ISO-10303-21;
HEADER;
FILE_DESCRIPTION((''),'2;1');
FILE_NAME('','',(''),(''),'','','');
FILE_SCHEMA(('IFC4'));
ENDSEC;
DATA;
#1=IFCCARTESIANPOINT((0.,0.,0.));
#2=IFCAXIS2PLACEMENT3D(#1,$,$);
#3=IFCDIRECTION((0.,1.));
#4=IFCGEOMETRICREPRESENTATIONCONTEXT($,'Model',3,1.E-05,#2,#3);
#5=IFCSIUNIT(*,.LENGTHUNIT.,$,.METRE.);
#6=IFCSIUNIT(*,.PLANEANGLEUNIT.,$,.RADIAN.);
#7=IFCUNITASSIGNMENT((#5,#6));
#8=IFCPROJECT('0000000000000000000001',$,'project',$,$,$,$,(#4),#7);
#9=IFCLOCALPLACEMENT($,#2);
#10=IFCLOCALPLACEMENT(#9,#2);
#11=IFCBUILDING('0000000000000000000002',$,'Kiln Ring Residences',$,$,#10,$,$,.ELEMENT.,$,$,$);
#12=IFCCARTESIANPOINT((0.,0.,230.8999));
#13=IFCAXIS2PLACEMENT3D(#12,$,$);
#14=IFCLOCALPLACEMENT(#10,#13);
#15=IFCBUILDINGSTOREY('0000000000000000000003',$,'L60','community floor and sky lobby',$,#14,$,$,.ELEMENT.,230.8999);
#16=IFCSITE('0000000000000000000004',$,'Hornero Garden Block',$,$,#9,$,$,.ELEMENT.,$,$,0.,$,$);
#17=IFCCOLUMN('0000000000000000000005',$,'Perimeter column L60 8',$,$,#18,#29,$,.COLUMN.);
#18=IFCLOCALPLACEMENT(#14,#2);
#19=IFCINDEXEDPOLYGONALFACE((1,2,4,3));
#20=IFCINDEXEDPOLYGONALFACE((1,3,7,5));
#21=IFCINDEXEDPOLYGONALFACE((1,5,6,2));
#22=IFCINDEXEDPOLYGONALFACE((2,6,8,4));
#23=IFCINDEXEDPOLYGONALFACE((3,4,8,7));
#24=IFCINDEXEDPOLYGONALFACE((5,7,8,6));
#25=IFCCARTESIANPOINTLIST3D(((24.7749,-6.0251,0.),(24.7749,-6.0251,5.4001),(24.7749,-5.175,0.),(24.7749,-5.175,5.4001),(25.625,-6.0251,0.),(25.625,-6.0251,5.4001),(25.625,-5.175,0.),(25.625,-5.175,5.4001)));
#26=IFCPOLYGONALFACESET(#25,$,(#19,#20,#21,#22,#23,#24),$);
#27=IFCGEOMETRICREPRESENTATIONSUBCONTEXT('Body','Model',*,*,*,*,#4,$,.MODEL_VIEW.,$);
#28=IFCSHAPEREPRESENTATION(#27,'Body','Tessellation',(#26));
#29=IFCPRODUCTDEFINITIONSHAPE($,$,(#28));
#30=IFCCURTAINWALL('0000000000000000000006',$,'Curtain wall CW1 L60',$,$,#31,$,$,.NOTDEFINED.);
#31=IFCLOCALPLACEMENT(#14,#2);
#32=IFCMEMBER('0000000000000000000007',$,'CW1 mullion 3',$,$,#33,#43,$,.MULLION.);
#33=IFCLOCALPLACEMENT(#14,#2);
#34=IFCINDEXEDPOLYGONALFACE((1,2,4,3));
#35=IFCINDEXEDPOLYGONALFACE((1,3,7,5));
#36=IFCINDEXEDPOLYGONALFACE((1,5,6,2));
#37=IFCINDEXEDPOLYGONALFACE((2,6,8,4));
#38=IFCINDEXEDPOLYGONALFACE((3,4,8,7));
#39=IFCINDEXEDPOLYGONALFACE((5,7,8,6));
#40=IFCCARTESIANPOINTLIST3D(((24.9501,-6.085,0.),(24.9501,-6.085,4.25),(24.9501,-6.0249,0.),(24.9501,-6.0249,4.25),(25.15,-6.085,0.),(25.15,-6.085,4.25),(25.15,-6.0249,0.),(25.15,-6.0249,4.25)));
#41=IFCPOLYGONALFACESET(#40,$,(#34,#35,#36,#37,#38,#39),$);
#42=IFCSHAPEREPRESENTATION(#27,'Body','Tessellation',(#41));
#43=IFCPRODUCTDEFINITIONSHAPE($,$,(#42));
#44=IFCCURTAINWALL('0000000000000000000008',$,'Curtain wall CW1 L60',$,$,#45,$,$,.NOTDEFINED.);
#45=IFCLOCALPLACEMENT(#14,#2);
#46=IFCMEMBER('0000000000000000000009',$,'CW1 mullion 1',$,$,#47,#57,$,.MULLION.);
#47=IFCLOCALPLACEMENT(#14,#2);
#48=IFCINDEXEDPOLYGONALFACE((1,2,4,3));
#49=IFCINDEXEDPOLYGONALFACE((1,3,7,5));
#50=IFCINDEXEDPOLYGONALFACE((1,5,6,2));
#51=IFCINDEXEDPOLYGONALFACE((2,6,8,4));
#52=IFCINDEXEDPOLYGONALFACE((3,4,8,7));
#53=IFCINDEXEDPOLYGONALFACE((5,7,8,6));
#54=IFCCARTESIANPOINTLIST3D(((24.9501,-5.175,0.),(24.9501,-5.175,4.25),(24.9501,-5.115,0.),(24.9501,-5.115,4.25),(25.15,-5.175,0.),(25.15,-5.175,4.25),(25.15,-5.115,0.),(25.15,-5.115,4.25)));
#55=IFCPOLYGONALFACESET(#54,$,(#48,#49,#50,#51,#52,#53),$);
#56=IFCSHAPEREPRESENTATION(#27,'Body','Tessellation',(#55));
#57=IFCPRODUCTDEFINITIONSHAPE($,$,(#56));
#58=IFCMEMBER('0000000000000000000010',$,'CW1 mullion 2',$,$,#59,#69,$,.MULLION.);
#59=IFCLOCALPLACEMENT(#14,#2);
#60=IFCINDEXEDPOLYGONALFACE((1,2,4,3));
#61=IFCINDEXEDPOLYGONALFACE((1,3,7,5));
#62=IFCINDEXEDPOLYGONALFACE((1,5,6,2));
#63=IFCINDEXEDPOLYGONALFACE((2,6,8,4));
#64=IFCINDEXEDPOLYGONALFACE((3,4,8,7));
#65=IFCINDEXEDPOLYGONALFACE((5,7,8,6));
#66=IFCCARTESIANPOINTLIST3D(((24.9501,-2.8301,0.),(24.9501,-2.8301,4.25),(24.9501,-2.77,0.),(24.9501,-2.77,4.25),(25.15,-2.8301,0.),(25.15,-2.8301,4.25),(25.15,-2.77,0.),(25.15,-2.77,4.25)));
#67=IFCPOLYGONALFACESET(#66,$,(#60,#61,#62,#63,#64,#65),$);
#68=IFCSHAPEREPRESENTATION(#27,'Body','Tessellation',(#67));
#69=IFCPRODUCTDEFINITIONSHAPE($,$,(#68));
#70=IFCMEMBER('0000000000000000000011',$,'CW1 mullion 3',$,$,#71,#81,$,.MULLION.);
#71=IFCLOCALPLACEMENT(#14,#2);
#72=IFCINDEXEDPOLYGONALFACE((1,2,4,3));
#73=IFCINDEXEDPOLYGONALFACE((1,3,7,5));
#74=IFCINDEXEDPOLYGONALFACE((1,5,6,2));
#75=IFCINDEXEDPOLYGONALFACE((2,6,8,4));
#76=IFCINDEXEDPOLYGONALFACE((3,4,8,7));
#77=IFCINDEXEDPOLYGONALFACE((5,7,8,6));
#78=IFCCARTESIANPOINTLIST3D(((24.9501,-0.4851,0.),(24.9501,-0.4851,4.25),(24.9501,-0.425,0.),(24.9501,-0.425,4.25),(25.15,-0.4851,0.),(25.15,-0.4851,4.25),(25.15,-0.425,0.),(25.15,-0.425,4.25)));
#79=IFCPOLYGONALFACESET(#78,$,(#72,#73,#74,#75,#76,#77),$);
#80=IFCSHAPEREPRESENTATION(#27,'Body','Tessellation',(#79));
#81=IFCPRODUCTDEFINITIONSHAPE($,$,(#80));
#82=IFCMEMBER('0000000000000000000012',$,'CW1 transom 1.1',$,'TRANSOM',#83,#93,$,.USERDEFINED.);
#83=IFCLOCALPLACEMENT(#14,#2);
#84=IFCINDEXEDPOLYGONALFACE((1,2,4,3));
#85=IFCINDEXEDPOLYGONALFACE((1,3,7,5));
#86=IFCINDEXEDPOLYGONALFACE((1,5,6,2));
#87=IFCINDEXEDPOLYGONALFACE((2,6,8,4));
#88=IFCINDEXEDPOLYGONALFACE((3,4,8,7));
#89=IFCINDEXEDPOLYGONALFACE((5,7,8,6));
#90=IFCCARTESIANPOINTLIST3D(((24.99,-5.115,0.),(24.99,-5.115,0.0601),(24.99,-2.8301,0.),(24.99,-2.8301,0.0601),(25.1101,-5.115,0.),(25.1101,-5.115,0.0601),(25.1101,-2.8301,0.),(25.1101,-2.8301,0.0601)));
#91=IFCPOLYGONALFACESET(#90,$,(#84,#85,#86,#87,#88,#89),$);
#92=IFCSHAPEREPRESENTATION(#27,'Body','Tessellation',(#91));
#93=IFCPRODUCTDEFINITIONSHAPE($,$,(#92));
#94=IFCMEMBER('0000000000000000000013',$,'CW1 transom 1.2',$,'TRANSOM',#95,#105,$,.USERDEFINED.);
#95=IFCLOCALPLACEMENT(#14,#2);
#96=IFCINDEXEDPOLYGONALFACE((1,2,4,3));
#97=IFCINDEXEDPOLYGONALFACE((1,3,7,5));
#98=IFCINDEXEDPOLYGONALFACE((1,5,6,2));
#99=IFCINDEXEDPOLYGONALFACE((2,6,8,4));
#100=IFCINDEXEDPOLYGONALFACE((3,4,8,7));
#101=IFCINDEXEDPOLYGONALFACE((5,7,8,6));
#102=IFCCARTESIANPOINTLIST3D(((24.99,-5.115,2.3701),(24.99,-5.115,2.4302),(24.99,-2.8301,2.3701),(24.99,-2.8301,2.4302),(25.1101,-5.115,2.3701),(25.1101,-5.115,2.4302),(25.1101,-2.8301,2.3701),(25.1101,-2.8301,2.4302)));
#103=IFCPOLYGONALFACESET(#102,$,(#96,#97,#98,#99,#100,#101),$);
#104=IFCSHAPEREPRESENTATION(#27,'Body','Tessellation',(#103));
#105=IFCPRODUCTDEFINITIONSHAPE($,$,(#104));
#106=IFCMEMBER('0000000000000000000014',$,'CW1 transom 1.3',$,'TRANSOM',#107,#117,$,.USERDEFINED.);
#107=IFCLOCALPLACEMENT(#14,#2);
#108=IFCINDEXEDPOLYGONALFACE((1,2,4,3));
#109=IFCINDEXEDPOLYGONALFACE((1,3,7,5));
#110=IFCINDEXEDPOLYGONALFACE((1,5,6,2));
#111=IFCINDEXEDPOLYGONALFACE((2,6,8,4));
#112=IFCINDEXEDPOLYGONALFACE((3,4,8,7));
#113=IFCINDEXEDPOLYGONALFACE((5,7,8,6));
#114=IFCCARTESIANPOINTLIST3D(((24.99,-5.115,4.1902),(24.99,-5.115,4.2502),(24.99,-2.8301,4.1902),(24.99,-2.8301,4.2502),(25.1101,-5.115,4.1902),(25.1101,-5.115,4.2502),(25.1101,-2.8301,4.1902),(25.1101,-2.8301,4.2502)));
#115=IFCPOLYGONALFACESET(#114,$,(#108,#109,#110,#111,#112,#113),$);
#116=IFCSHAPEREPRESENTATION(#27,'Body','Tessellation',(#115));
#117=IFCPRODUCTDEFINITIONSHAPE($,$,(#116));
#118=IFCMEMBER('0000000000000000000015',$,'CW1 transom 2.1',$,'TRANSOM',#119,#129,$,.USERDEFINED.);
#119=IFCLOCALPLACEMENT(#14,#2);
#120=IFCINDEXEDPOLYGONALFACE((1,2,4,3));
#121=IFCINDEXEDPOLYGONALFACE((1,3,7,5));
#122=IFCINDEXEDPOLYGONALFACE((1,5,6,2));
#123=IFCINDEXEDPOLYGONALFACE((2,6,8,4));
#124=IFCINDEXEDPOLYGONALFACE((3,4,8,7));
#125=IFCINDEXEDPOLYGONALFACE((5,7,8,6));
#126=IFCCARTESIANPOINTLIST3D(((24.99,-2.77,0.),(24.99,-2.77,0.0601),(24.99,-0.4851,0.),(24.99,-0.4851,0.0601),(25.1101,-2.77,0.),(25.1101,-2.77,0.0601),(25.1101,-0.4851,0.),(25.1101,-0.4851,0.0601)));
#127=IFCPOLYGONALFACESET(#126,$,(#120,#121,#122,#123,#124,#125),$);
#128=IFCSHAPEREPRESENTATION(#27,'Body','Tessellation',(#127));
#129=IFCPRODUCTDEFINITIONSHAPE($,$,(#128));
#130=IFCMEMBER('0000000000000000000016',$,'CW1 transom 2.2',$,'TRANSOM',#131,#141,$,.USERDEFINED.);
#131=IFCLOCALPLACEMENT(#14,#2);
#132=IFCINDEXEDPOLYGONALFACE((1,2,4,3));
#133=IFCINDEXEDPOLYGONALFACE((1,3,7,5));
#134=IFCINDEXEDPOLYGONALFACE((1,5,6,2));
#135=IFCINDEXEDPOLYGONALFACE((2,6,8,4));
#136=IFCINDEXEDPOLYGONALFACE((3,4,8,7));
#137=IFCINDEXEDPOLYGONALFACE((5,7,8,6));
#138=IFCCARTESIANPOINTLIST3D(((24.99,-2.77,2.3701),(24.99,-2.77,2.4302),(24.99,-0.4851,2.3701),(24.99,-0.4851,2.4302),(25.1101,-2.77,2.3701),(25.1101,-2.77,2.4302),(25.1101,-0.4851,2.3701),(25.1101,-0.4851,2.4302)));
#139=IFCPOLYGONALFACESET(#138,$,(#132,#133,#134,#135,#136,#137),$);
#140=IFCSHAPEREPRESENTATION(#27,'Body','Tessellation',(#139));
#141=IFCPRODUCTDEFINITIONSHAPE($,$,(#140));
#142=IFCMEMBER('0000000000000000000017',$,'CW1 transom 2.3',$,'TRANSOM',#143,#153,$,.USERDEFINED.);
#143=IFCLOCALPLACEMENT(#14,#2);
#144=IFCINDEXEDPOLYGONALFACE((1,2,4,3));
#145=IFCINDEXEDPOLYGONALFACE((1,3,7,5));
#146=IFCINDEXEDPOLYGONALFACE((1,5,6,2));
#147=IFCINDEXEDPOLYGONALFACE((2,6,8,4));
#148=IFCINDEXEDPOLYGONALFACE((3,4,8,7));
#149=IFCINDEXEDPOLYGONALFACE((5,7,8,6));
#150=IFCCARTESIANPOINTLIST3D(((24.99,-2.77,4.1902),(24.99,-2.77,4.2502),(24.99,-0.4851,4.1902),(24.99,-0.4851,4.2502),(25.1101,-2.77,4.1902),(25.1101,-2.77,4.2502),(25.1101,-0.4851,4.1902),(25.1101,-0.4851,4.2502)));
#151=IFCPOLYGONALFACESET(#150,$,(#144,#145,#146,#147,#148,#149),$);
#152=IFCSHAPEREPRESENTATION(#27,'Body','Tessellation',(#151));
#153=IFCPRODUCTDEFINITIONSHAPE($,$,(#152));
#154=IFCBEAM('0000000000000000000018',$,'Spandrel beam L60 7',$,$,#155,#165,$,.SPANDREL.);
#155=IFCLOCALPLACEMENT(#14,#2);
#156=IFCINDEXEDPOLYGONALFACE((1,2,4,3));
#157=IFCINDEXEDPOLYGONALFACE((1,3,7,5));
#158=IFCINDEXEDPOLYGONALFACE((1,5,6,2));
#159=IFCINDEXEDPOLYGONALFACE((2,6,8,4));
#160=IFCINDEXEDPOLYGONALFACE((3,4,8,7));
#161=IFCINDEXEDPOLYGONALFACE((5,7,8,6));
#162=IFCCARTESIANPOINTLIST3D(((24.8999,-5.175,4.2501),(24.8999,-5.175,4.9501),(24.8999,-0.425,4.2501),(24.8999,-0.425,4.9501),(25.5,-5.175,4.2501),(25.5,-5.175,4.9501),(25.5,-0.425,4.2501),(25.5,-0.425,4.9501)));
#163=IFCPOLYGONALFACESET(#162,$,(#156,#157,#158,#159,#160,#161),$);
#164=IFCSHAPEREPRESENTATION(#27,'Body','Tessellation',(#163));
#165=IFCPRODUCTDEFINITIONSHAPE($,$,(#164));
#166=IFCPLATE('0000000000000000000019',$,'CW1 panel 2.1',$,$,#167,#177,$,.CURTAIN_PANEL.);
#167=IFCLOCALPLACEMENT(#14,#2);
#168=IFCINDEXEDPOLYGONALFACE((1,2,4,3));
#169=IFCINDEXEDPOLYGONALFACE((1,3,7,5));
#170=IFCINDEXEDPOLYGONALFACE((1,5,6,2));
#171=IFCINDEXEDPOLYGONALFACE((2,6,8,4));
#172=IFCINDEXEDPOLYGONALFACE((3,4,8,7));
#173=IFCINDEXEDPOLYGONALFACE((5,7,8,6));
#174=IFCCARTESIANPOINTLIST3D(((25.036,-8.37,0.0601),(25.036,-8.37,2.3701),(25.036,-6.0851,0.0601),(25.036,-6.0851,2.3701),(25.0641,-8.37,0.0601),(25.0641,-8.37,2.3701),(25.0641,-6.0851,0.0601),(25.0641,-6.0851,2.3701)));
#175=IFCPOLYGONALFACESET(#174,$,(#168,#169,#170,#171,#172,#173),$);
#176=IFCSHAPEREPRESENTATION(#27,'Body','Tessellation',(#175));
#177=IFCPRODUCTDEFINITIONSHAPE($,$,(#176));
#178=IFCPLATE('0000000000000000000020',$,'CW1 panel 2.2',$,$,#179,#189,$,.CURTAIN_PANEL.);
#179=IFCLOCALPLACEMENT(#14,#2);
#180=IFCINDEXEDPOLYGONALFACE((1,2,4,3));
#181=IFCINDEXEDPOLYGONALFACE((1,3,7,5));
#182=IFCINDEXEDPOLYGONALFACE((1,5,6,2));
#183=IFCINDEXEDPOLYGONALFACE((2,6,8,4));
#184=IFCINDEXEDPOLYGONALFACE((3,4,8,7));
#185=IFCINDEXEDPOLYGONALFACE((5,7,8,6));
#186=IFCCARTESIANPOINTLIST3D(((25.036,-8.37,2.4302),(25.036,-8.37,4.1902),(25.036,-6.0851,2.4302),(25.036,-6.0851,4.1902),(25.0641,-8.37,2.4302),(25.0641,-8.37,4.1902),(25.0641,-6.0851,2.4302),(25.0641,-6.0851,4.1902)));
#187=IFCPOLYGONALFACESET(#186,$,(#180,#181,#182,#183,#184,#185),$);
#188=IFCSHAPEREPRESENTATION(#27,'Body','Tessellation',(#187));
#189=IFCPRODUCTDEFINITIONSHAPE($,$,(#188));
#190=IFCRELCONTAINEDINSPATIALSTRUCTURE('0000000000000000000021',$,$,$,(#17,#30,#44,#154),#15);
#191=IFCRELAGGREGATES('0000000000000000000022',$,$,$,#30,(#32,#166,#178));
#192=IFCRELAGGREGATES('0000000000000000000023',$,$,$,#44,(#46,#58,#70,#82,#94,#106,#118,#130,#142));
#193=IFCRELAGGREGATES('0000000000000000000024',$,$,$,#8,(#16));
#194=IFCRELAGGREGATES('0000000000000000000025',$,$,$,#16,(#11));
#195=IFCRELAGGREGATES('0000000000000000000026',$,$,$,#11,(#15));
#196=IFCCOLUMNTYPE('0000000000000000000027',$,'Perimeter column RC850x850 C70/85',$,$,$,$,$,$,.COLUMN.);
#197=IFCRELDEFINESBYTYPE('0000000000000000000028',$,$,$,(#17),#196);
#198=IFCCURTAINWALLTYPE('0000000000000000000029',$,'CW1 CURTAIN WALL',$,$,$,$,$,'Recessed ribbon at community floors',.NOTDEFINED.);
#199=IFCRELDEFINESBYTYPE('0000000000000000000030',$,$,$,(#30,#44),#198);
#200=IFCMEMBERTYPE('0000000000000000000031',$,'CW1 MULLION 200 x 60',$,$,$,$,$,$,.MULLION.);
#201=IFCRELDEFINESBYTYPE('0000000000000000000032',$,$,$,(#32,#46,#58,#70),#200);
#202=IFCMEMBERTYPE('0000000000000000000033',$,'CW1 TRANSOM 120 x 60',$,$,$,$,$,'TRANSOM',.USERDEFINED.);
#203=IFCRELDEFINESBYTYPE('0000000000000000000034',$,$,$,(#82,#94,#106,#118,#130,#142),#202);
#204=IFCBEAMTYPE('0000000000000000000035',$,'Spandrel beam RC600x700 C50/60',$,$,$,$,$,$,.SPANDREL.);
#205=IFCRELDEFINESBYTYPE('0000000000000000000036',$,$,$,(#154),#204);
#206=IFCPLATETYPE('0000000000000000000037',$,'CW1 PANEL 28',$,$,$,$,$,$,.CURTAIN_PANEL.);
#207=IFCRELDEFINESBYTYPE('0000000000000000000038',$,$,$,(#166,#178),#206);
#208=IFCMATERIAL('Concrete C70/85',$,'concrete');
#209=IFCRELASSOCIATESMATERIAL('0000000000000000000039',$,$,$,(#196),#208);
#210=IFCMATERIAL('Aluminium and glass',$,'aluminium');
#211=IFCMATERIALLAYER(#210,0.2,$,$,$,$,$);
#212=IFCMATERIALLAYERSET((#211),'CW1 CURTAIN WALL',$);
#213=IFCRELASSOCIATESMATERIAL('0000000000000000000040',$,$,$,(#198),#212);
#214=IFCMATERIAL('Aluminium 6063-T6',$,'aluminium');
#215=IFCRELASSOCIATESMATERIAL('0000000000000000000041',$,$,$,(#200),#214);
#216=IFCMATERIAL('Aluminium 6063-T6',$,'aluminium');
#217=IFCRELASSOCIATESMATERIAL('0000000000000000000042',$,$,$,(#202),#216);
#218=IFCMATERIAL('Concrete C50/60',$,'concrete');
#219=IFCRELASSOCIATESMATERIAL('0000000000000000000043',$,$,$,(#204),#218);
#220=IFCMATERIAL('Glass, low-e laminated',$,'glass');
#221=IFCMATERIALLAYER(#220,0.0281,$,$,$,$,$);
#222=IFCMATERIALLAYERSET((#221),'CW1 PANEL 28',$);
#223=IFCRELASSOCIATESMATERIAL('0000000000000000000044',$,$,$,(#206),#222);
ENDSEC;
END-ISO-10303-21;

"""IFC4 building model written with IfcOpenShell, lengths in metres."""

from ifc_helpers import new_model, si_unit, direction, frame, origin, origin_2d, place, context, subcontext, project, spatial, rectangle, extrude, material, layer, layer_set, material_profile, profile_set, type_object, element, aggregate, save


model = new_model("IFC4")

# Units and contexts
model_context = context("Model", 3, precision=1e-05, world=origin(), true_north=direction((0.0, 1.0)))
body_context = subcontext(model_context, "Body", "Model", "MODEL_VIEW")
ifc_project = project(units=[si_unit("LENGTHUNIT", "METRE"), si_unit("PLANEANGLEUNIT", "RADIAN")], contexts=[model_context])

# Site, building, storey
site_placement = place(None, origin())
site = spatial("IfcSite", under=ifc_project, at=site_placement, Name="Hornero Garden Block", CompositionType="ELEMENT", RefElevation=0.0)
building_placement = place(site_placement, origin())
building = spatial("IfcBuilding", under=site, at=building_placement, Name="Kiln Ring Residences", CompositionType="ELEMENT")
storey_placement = place(building_placement, frame((0.0, 0.0, 230.8999)))
storey = spatial("IfcBuildingStorey", under=building, at=storey_placement, Name="L60", Description="community floor and sky lobby", CompositionType="ELEMENT", Elevation=230.8999)

# Column
ifc_material_1 = material(Name="Concrete C70/85", Category="concrete")
ifc_material_profile_1 = material_profile(ifc_material_1, rectangle(XDim=0.8501, YDim=0.8501, at=origin_2d()), Name="RC850x850")
ifc_profile_set_1 = profile_set([ifc_material_profile_1], Name="Concrete C70/85")
column_type = type_object("IfcColumnType", Name="Perimeter column RC850x850 C70/85", PredefinedType="COLUMN", material=ifc_profile_set_1)
column_placement = place(storey_placement, frame((25.2, -5.6001, 0.0), z_axis=(0.0, 0.0, 1.0), x_axis=(1.0, 0.0, 0.0)))
element("IfcColumn", 1, at=column_placement, inside=storey, type_object=column_type, Name="Perimeter column L60 8", PredefinedType="COLUMN", context=body_context, shape_type="SweptSolid", body=[
    extrude(rectangle(XDim=0.8501, YDim=0.8501, at=origin_2d()), origin(), (0.0, 0.0, 1.0), 5.4001),
])

# Curtain wall, member
ifc_material_2 = material(Name="Aluminium and glass", Category="aluminium")
ifc_layer_1 = layer(ifc_material_2, 0.2)
ifc_layer_set_1 = layer_set([ifc_layer_1], Name="CW1 CURTAIN WALL")
curtain_wall_type = type_object("IfcCurtainWallType", Name="CW1 CURTAIN WALL", ElementType="Recessed ribbon at community floors", PredefinedType="NOTDEFINED", material=ifc_layer_set_1)
placement = place(storey_placement, origin())
curtain_wall_1 = element("IfcCurtainWall", 2, at=placement, inside=storey, type_object=curtain_wall_type, Name="Curtain wall CW1 L60", PredefinedType="NOTDEFINED")
ifc_material_3 = material(Name="Aluminium 6063-T6", Category="aluminium")
ifc_material_profile_2 = material_profile(ifc_material_3, rectangle(XDim=0.2, YDim=0.0601, at=origin_2d()), Name="AL 200x60")
ifc_profile_set_2 = profile_set([ifc_material_profile_2], Name="Aluminium 6063-T6")
member_type_1 = type_object("IfcMemberType", Name="CW1 MULLION 200 x 60", PredefinedType="MULLION", material=ifc_profile_set_2)
member_1_placement = place(storey_placement, frame((25.05, -6.0549, 0.0), z_axis=(0.0, 0.0, 1.0), x_axis=(-1.0, 0.0, 0.0)))
member_1 = element("IfcMember", 3, at=member_1_placement, type_object=member_type_1, Name="CW1 mullion 3", PredefinedType="MULLION", context=body_context, shape_type="SweptSolid", body=[
    extrude(rectangle(XDim=0.2, YDim=0.0601, at=origin_2d()), origin(), (0.0, 0.0, 1.0), 4.25),
])

# Curtain wall, members
curtain_wall_2 = element("IfcCurtainWall", 4, at=placement, inside=storey, type_object=curtain_wall_type, Name="Curtain wall CW1 L60", PredefinedType="NOTDEFINED")
member_2_placement = place(storey_placement, frame((25.05, -5.145, 0.0), z_axis=(0.0, 0.0, 1.0), x_axis=(-1.0, 0.0, 0.0)))
member_2 = element("IfcMember", 5, at=member_2_placement, type_object=member_type_1, Name="CW1 mullion 1", PredefinedType="MULLION", context=body_context, shape_type="SweptSolid", body=[
    extrude(rectangle(XDim=0.2, YDim=0.0601, at=origin_2d()), origin(), (0.0, 0.0, 1.0), 4.25),
])
member_3_placement = place(storey_placement, frame((25.05, -2.8, 0.0), z_axis=(0.0, 0.0, 1.0), x_axis=(-1.0, 0.0, 0.0)))
member_3 = element("IfcMember", 6, at=member_3_placement, type_object=member_type_1, Name="CW1 mullion 2", PredefinedType="MULLION", context=body_context, shape_type="SweptSolid", body=[
    extrude(rectangle(XDim=0.2, YDim=0.0601, at=origin_2d()), origin(), (0.0, 0.0, 1.0), 4.25),
])
member_4_placement = place(storey_placement, frame((25.05, -0.4551, 0.0), z_axis=(0.0, 0.0, 1.0), x_axis=(-1.0, 0.0, 0.0)))
member_4 = element("IfcMember", 7, at=member_4_placement, type_object=member_type_1, Name="CW1 mullion 3", PredefinedType="MULLION", context=body_context, shape_type="SweptSolid", body=[
    extrude(rectangle(XDim=0.2, YDim=0.0601, at=origin_2d()), origin(), (0.0, 0.0, 1.0), 4.25),
])
ifc_material_4 = material(Name="Aluminium 6063-T6", Category="aluminium")
ifc_material_profile_3 = material_profile(ifc_material_4, rectangle(XDim=0.1201, YDim=0.0601, at=origin_2d()), Name="AL 120x60")
ifc_profile_set_3 = profile_set([ifc_material_profile_3], Name="Aluminium 6063-T6")
member_type_2 = type_object("IfcMemberType", Name="CW1 TRANSOM 120 x 60", ElementType="TRANSOM", PredefinedType="USERDEFINED", material=ifc_profile_set_3)
member_5_placement = place(storey_placement, frame((25.05, -5.115, 0.03), z_axis=(0.0, 1.0, 0.0), x_axis=(-1.0, 0.0, 0.0)))
member_5 = element("IfcMember", 8, at=member_5_placement, type_object=member_type_2, Name="CW1 transom 1.1", ObjectType="TRANSOM", PredefinedType="USERDEFINED", context=body_context, shape_type="SweptSolid", body=[
    extrude(rectangle(XDim=0.1201, YDim=0.0601, at=origin_2d()), origin(), (0.0, 0.0, 1.0), 2.2849),
])
member_6_placement = place(storey_placement, frame((25.05, -5.115, 2.4001), z_axis=(0.0, 1.0, 0.0), x_axis=(-1.0, 0.0, 0.0)))
member_6 = element("IfcMember", 9, at=member_6_placement, type_object=member_type_2, Name="CW1 transom 1.2", ObjectType="TRANSOM", PredefinedType="USERDEFINED", context=body_context, shape_type="SweptSolid", body=[
    extrude(rectangle(XDim=0.1201, YDim=0.0601, at=origin_2d()), origin(), (0.0, 0.0, 1.0), 2.2849),
])
member_7_placement = place(storey_placement, frame((25.05, -5.115, 4.2202), z_axis=(0.0, 1.0, 0.0), x_axis=(-1.0, 0.0, 0.0)))
member_7 = element("IfcMember", 10, at=member_7_placement, type_object=member_type_2, Name="CW1 transom 1.3", ObjectType="TRANSOM", PredefinedType="USERDEFINED", context=body_context, shape_type="SweptSolid", body=[
    extrude(rectangle(XDim=0.1201, YDim=0.0601, at=origin_2d()), origin(), (0.0, 0.0, 1.0), 2.2849),
])
member_8_placement = place(storey_placement, frame((25.05, -2.77, 0.03), z_axis=(0.0, 1.0, 0.0), x_axis=(-1.0, 0.0, 0.0)))
member_8 = element("IfcMember", 11, at=member_8_placement, type_object=member_type_2, Name="CW1 transom 2.1", ObjectType="TRANSOM", PredefinedType="USERDEFINED", context=body_context, shape_type="SweptSolid", body=[
    extrude(rectangle(XDim=0.1201, YDim=0.0601, at=origin_2d()), origin(), (0.0, 0.0, 1.0), 2.2849),
])
member_9_placement = place(storey_placement, frame((25.05, -2.77, 2.4001), z_axis=(0.0, 1.0, 0.0), x_axis=(-1.0, 0.0, 0.0)))
member_9 = element("IfcMember", 12, at=member_9_placement, type_object=member_type_2, Name="CW1 transom 2.2", ObjectType="TRANSOM", PredefinedType="USERDEFINED", context=body_context, shape_type="SweptSolid", body=[
    extrude(rectangle(XDim=0.1201, YDim=0.0601, at=origin_2d()), origin(), (0.0, 0.0, 1.0), 2.2849),
])
member_10_placement = place(storey_placement, frame((25.05, -2.77, 4.2202), z_axis=(0.0, 1.0, 0.0), x_axis=(-1.0, 0.0, 0.0)))
member_10 = element("IfcMember", 13, at=member_10_placement, type_object=member_type_2, Name="CW1 transom 2.3", ObjectType="TRANSOM", PredefinedType="USERDEFINED", context=body_context, shape_type="SweptSolid", body=[
    extrude(rectangle(XDim=0.1201, YDim=0.0601, at=origin_2d()), origin(), (0.0, 0.0, 1.0), 2.2849),
])

# Beam
ifc_material_5 = material(Name="Concrete C50/60", Category="concrete")
ifc_material_profile_4 = material_profile(ifc_material_5, rectangle(XDim=0.6001, YDim=0.7, at=origin_2d()), Name="RC600x700")
ifc_profile_set_4 = profile_set([ifc_material_profile_4], Name="Concrete C50/60")
beam_type = type_object("IfcBeamType", Name="Spandrel beam RC600x700 C50/60", PredefinedType="SPANDREL", material=ifc_profile_set_4)
beam_placement = place(storey_placement, frame((25.2, -5.175, 4.6001), z_axis=(0.0, 1.0, 0.0), x_axis=(-1.0, 0.0, 0.0)))
element("IfcBeam", 14, at=beam_placement, inside=storey, type_object=beam_type, Name="Spandrel beam L60 7", PredefinedType="SPANDREL", context=body_context, shape_type="SweptSolid", body=[
    extrude(rectangle(XDim=0.6001, YDim=0.7, at=origin_2d()), origin(), (0.0, 0.0, 1.0), 4.75),
])

# Plates
ifc_material_6 = material(Name="Glass, low-e laminated", Category="glass")
ifc_layer_2 = layer(ifc_material_6, 0.0281)
ifc_layer_set_2 = layer_set([ifc_layer_2], Name="CW1 PANEL 28")
plate_type = type_object("IfcPlateType", Name="CW1 PANEL 28", PredefinedType="CURTAIN_PANEL", material=ifc_layer_set_2)
plate_1_placement = place(storey_placement, frame((25.05, -7.2275, 0.0601), z_axis=(0.0, 0.0, 1.0), x_axis=(0.0, 1.0, 0.0)))
plate_1 = element("IfcPlate", 15, at=plate_1_placement, type_object=plate_type, Name="CW1 panel 2.1", PredefinedType="CURTAIN_PANEL", context=body_context, shape_type="SweptSolid", body=[
    extrude(rectangle(XDim=2.2849, YDim=0.0281, at=origin_2d()), origin(), (0.0, 0.0, 1.0), 2.3101),
])
plate_2_placement = place(storey_placement, frame((25.05, -7.2275, 2.4302), z_axis=(0.0, 0.0, 1.0), x_axis=(0.0, 1.0, 0.0)))
plate_2 = element("IfcPlate", 16, at=plate_2_placement, type_object=plate_type, Name="CW1 panel 2.2", PredefinedType="CURTAIN_PANEL", context=body_context, shape_type="SweptSolid", body=[
    extrude(rectangle(XDim=2.2849, YDim=0.0281, at=origin_2d()), origin(), (0.0, 0.0, 1.0), 1.76),
])
aggregate(curtain_wall_1, [member_1, plate_1, plate_2])
aggregate(curtain_wall_2, [member_2, member_3, member_4, member_5, member_6, member_7, member_8, member_9, member_10])

save(model, "model.ifc")
